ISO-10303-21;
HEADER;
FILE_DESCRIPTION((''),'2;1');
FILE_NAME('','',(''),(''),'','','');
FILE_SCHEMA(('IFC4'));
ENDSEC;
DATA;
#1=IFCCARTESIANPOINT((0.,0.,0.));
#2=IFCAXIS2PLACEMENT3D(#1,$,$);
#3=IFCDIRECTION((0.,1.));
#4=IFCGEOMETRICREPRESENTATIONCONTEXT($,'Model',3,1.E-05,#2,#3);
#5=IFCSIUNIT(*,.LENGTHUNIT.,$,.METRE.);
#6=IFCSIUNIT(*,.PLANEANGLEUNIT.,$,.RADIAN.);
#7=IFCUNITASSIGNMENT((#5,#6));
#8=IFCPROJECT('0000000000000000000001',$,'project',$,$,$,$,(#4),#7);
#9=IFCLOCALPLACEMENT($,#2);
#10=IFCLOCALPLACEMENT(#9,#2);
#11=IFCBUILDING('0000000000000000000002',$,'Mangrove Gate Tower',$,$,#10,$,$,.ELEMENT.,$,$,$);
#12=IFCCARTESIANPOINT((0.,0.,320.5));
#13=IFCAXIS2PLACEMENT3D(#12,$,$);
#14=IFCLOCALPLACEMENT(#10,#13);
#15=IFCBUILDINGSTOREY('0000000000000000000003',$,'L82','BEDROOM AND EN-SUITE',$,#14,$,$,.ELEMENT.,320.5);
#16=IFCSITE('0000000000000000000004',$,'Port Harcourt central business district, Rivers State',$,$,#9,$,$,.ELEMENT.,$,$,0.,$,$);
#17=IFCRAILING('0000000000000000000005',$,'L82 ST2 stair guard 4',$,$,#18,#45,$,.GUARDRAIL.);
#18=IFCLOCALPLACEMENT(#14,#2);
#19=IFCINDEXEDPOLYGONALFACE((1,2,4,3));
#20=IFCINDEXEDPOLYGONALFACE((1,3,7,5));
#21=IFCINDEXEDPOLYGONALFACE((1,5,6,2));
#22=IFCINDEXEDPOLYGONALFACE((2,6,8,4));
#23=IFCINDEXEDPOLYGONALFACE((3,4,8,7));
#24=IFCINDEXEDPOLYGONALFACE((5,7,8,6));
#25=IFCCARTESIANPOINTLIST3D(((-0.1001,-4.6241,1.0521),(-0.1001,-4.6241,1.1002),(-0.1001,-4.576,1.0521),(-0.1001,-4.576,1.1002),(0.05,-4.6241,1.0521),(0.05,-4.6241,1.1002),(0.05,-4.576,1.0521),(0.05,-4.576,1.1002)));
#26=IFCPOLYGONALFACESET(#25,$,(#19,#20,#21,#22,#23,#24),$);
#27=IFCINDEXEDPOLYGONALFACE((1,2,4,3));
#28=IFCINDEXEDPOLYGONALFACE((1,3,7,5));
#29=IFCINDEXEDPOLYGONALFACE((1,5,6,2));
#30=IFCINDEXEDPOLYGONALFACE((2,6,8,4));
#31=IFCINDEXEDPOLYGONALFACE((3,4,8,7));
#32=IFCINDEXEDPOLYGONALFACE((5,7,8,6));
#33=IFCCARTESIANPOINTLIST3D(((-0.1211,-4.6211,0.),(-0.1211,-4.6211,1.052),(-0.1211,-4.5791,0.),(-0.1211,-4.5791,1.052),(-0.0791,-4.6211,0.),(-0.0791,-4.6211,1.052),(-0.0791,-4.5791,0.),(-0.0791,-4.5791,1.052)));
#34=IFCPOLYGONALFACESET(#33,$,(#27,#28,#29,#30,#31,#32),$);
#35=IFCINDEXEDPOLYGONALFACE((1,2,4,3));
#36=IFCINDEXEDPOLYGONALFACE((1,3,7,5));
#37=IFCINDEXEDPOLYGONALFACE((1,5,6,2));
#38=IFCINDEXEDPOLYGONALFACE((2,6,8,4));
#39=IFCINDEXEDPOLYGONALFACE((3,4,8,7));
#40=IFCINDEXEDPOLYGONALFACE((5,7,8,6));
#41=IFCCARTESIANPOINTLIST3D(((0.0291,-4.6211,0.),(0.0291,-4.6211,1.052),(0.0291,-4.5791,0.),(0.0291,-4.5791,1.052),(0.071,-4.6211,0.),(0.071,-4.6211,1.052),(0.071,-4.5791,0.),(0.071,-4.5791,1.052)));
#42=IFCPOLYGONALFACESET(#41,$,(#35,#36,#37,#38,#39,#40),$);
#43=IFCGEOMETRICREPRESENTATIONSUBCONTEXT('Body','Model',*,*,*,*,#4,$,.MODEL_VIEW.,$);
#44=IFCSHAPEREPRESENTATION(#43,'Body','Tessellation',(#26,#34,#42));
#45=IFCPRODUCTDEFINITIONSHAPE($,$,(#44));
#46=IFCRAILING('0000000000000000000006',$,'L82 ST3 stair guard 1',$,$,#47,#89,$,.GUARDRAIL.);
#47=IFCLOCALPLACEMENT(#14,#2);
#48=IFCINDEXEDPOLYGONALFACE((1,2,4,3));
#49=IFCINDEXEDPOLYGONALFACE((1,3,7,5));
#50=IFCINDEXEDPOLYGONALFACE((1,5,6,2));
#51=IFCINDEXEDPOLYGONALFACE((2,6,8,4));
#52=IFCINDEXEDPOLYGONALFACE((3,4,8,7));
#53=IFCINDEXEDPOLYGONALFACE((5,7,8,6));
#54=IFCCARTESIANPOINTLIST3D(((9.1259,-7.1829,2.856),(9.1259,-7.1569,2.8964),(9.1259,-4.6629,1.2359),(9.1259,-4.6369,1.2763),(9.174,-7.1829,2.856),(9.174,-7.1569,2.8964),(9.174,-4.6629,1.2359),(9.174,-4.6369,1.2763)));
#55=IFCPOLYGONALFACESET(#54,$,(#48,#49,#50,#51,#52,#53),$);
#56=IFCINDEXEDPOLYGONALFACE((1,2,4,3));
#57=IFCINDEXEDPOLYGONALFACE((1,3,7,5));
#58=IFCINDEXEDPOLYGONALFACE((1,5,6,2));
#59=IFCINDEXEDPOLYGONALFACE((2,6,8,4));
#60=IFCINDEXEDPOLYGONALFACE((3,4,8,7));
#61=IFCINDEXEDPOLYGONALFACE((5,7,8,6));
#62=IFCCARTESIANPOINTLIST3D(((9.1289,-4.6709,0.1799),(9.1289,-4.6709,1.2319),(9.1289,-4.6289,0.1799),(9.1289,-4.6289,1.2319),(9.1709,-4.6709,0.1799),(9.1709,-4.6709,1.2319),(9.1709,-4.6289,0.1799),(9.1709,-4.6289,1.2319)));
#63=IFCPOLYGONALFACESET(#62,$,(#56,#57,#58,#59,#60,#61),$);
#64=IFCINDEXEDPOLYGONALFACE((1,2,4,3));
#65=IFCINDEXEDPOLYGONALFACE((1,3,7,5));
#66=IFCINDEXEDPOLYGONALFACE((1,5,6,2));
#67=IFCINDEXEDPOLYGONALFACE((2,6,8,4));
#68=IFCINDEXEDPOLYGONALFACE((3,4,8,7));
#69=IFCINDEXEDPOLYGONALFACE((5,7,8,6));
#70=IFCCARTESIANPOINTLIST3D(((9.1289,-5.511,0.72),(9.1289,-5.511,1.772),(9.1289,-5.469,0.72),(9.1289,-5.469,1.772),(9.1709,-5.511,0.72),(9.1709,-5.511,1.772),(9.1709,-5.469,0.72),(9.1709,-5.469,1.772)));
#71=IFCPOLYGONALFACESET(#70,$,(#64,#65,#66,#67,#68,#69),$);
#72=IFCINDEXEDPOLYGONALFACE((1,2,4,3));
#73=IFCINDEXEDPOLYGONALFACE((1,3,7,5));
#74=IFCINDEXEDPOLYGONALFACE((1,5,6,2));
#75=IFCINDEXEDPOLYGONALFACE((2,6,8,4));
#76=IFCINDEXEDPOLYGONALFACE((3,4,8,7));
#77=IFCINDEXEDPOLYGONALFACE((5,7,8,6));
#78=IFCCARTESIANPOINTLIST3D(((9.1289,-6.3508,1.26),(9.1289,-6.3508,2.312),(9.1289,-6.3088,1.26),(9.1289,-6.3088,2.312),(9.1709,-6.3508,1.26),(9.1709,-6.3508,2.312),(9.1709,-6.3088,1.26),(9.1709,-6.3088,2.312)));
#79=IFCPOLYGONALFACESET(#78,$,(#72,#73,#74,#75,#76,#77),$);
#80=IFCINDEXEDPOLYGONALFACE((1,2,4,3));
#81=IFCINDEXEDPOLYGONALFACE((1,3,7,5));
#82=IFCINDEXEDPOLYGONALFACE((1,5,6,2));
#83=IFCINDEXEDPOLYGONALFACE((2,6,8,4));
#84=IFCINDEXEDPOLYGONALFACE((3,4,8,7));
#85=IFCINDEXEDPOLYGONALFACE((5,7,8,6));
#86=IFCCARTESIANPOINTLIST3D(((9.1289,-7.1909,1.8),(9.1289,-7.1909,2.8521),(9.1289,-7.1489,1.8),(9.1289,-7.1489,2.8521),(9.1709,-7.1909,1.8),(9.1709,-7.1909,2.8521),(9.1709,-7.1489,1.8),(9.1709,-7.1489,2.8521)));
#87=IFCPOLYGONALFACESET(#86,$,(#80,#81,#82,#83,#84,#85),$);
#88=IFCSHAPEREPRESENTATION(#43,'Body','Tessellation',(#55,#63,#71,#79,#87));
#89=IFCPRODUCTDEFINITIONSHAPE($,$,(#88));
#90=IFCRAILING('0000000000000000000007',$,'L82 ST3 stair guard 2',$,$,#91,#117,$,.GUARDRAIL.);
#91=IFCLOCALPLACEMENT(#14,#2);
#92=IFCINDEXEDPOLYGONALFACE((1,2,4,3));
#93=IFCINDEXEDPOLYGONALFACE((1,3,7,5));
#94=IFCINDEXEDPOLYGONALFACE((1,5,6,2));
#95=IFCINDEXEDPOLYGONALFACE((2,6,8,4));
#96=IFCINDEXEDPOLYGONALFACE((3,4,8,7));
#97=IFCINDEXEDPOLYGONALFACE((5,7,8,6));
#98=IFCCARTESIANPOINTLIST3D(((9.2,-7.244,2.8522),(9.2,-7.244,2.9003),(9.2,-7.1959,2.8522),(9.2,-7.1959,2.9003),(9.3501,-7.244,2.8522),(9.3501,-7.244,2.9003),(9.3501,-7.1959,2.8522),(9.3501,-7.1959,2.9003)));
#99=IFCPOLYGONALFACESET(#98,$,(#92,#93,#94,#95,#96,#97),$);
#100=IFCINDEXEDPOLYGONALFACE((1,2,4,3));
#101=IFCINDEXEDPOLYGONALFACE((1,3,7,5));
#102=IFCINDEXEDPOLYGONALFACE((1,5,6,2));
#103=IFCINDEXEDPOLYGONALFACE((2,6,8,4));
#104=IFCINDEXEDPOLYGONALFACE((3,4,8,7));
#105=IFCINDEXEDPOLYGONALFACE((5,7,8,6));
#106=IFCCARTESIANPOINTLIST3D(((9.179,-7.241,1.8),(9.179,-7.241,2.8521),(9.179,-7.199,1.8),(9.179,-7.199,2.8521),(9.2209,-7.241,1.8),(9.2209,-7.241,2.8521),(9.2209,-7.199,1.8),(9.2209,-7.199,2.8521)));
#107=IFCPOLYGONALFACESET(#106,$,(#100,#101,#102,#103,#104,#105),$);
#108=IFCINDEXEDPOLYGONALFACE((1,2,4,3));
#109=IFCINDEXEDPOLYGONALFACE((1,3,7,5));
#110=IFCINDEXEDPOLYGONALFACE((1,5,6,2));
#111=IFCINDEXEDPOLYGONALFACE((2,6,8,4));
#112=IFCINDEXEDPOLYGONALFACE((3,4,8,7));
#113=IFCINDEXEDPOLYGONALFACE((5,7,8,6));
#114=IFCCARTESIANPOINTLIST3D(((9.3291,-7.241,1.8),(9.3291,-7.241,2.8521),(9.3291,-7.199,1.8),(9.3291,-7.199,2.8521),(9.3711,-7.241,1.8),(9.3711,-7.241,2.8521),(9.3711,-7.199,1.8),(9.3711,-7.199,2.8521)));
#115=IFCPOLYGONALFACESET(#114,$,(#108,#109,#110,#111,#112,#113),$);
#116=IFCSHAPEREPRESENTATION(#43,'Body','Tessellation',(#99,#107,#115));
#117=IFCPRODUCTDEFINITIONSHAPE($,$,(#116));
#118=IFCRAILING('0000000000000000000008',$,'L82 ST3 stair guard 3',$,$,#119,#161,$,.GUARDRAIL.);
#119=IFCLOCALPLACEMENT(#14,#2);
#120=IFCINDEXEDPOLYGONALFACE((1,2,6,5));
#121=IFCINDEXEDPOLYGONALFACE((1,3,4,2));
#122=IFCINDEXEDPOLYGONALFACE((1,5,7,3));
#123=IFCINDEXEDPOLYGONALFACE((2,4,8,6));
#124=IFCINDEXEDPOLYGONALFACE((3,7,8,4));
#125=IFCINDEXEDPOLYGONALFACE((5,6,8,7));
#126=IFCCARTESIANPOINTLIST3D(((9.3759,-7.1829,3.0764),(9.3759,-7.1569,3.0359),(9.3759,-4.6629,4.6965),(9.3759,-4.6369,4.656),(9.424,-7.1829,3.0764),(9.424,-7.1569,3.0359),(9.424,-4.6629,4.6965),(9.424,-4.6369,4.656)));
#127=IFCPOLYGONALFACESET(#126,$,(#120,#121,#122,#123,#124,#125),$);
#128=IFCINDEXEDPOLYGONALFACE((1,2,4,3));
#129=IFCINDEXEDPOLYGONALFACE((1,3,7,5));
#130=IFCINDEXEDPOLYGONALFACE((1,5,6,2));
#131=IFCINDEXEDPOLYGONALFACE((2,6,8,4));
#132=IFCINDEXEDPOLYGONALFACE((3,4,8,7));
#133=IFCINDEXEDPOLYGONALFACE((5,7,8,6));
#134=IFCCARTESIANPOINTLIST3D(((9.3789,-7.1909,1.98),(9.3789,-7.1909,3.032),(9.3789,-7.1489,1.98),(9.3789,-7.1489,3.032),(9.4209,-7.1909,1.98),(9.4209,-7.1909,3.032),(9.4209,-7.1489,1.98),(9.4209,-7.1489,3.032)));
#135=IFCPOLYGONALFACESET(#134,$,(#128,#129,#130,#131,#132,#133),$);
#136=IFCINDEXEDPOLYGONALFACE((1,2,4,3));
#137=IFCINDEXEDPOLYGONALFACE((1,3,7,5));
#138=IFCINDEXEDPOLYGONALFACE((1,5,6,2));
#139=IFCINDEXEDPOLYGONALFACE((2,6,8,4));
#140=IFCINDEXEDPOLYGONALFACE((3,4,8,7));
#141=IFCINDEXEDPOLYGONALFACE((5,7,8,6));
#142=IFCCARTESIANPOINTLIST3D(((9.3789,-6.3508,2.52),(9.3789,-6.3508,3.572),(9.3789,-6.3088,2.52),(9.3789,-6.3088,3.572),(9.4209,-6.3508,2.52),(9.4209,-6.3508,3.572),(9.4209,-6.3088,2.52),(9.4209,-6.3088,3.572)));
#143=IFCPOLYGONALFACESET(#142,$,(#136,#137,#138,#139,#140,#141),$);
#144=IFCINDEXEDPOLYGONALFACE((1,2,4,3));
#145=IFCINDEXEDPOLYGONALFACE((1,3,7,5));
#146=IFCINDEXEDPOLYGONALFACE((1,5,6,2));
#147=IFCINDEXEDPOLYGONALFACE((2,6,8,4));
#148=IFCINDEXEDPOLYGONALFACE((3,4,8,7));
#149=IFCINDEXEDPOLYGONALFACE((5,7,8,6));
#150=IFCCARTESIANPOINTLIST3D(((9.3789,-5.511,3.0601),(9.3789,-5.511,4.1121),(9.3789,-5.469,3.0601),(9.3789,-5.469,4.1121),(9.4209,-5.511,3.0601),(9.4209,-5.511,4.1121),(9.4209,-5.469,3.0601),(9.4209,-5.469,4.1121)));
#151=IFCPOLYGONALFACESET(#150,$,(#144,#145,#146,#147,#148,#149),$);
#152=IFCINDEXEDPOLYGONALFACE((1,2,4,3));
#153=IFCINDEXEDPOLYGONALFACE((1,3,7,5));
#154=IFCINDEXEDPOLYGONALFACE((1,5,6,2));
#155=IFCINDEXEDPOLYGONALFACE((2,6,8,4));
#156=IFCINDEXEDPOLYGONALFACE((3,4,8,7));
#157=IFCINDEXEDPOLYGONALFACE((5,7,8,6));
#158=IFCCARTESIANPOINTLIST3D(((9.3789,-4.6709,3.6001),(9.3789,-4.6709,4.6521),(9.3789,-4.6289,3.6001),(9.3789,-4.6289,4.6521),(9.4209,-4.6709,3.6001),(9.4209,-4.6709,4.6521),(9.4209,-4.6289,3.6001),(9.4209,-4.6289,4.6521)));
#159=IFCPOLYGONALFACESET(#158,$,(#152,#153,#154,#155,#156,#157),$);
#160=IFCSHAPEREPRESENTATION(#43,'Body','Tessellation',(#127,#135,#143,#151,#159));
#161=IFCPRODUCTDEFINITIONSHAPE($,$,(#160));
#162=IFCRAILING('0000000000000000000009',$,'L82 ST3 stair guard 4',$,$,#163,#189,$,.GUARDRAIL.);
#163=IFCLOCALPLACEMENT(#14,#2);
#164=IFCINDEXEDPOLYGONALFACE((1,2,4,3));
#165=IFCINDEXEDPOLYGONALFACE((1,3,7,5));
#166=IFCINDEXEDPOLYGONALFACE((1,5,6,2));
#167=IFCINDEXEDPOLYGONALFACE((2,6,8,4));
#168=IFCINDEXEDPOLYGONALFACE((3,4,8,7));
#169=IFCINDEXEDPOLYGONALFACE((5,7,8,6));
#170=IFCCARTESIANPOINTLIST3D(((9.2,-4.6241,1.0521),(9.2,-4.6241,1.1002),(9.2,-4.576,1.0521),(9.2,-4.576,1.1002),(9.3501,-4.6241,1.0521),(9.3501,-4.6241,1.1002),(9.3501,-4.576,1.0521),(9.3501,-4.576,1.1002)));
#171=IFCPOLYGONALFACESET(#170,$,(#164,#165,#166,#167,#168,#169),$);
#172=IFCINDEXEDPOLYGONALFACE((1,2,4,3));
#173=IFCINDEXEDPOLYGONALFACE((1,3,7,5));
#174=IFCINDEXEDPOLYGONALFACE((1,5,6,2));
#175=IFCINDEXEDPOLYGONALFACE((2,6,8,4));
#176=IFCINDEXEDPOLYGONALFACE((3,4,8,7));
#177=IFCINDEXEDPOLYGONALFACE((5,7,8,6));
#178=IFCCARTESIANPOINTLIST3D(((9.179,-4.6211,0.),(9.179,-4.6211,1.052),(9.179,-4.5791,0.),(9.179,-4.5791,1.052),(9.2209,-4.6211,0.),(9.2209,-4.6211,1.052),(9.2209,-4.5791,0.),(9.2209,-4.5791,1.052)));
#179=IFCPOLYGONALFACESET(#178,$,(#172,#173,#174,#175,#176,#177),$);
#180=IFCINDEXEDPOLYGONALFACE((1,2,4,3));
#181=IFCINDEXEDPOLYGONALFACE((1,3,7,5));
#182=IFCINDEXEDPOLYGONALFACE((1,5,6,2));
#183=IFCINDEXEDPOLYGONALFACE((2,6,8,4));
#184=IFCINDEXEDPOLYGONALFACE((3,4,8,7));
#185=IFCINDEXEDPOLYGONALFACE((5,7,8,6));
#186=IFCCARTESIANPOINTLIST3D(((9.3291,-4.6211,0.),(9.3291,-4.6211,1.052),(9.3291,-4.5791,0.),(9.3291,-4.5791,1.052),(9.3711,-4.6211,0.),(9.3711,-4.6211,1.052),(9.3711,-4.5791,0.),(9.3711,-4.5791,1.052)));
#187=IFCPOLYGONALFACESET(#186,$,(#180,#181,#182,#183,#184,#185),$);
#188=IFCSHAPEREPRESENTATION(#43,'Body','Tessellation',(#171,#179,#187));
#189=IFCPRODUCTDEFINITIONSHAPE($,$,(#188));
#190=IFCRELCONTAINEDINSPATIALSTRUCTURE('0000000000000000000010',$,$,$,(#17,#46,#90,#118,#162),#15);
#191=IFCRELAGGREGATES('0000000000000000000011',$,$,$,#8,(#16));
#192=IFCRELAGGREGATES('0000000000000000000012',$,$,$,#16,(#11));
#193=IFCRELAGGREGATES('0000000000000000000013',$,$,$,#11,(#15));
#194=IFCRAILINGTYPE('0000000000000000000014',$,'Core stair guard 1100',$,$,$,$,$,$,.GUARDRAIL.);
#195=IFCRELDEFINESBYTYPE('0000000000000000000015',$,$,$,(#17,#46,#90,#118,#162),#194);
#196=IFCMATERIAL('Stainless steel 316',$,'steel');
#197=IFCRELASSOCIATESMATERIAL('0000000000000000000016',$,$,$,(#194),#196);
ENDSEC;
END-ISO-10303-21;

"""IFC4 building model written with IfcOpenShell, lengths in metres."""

from ifc_helpers import new_model, si_unit, direction, frame, origin, origin_2d, place, context, subcontext, project, spatial, rectangle, extrude, material, type_object, element, save


model = new_model("IFC4")

# Units and contexts
model_context = context("Model", 3, precision=1e-05, world=origin(), true_north=direction((0.0, 1.0)))
body_context = subcontext(model_context, "Body", "Model", "MODEL_VIEW")
ifc_project = project(units=[si_unit("LENGTHUNIT", "METRE"), si_unit("PLANEANGLEUNIT", "RADIAN")], contexts=[model_context])

# Site, building, storey
site_placement = place(None, origin())
site = spatial("IfcSite", under=ifc_project, at=site_placement, Name="Port Harcourt central business district, Rivers State", CompositionType="ELEMENT", RefElevation=0.0)
building_placement = place(site_placement, origin())
building = spatial("IfcBuilding", under=site, at=building_placement, Name="Mangrove Gate Tower", CompositionType="ELEMENT")
storey_placement = place(building_placement, frame((0.0, 0.0, 320.5)))
storey = spatial("IfcBuildingStorey", under=building, at=storey_placement, Name="L82", Description="BEDROOM AND EN-SUITE", CompositionType="ELEMENT", Elevation=320.5)

# Railings
ifc_material_1 = material(Name="Stainless steel 316", Category="steel")
railing_type_1 = type_object("IfcRailingType", Name="Core stair guard 1100", PredefinedType="GUARDRAIL", material=ifc_material_1)
railing_1_placement = place(storey_placement, frame((-0.1001, -4.6001, 0.0)))
element("IfcRailing", 1, at=railing_1_placement, inside=storey, type_object=railing_type_1, Name="L82 ST2 stair guard 4", PredefinedType="GUARDRAIL", context=body_context, shape_type="SweptSolid", body=[
    extrude(rectangle(XDim=0.0481, YDim=0.0481, at=origin_2d()), frame((0.0, 0.0, 1.0762), z_axis=(1.0, 0.0, 0.0), x_axis=(0.0, 1.0, 0.0)), (0.0, 0.0, 1.0), 0.1501),
    extrude(rectangle(XDim=0.042, YDim=0.042, at=origin_2d()), origin(), (0.0, 0.0, 1.0), 1.052),
    extrude(rectangle(XDim=0.042, YDim=0.042, at=origin_2d()), frame((0.1501, 0.0, 0.0)), (0.0, 0.0, 1.0), 1.052),
])
railing_2_placement = place(storey_placement, frame((9.1499, -4.6499, 0.1799)))
element("IfcRailing", 2, at=railing_2_placement, inside=storey, type_object=railing_type_1, Name="L82 ST3 stair guard 1", PredefinedType="GUARDRAIL", context=body_context, shape_type="SweptSolid", body=[
    extrude(rectangle(XDim=0.0481, YDim=0.0481, at=origin_2d()), frame((0.0, 0.0, 1.0762), z_axis=(0.0, -0.841163, 0.540782), x_axis=(1.0, 0.0, 0.0)), (0.0, 0.0, 1.0), 2.9958),
    extrude(rectangle(XDim=0.042, YDim=0.042, at=origin_2d()), origin(), (0.0, 0.0, 1.0), 1.052),
    extrude(rectangle(XDim=0.042, YDim=0.042, at=origin_2d()), frame((0.0, -0.8401, 0.54)), (0.0, 0.0, 1.0), 1.052),
    extrude(rectangle(XDim=0.042, YDim=0.042, at=origin_2d()), frame((0.0, -1.6799, 1.0801)), (0.0, 0.0, 1.0), 1.052),
    extrude(rectangle(XDim=0.042, YDim=0.042, at=origin_2d()), frame((0.0, -2.52, 1.6201)), (0.0, 0.0, 1.0), 1.052),
])
railing_3_placement = place(storey_placement, frame((9.2, -7.22, 1.8)))
element("IfcRailing", 3, at=railing_3_placement, inside=storey, type_object=railing_type_1, Name="L82 ST3 stair guard 2", PredefinedType="GUARDRAIL", context=body_context, shape_type="SweptSolid", body=[
    extrude(rectangle(XDim=0.0481, YDim=0.0481, at=origin_2d()), frame((0.0, 0.0, 1.0762), z_axis=(1.0, 0.0, 0.0), x_axis=(0.0, 1.0, 0.0)), (0.0, 0.0, 1.0), 0.1501),
    extrude(rectangle(XDim=0.042, YDim=0.042, at=origin_2d()), origin(), (0.0, 0.0, 1.0), 1.052),
    extrude(rectangle(XDim=0.042, YDim=0.042, at=origin_2d()), frame((0.1501, 0.0, 0.0)), (0.0, 0.0, 1.0), 1.052),
])
railing_4_placement = place(storey_placement, frame((9.3999, -7.1699, 1.98)))
element("IfcRailing", 4, at=railing_4_placement, inside=storey, type_object=railing_type_1, Name="L82 ST3 stair guard 3", PredefinedType="GUARDRAIL", context=body_context, shape_type="SweptSolid", body=[
    extrude(rectangle(XDim=0.0481, YDim=0.0481, at=origin_2d()), frame((0.0, 0.0, 1.0762), z_axis=(0.0, 0.841163, 0.540782), x_axis=(-1.0, 0.0, 0.0)), (0.0, 0.0, 1.0), 2.9958),
    extrude(rectangle(XDim=0.042, YDim=0.042, at=origin_2d()), origin(), (0.0, 0.0, 1.0), 1.052),
    extrude(rectangle(XDim=0.042, YDim=0.042, at=origin_2d()), frame((0.0, 0.8401, 0.54)), (0.0, 0.0, 1.0), 1.052),
    extrude(rectangle(XDim=0.042, YDim=0.042, at=origin_2d()), frame((0.0, 1.6799, 1.0801)), (0.0, 0.0, 1.0), 1.052),
    extrude(rectangle(XDim=0.042, YDim=0.042, at=origin_2d()), frame((0.0, 2.52, 1.6201)), (0.0, 0.0, 1.0), 1.052),
])
railing_5_placement = place(storey_placement, frame((9.2, -4.6001, 0.0)))
element("IfcRailing", 5, at=railing_5_placement, inside=storey, type_object=railing_type_1, Name="L82 ST3 stair guard 4", PredefinedType="GUARDRAIL", context=body_context, shape_type="SweptSolid", body=[
    extrude(rectangle(XDim=0.0481, YDim=0.0481, at=origin_2d()), frame((0.0, 0.0, 1.0762), z_axis=(1.0, 0.0, 0.0), x_axis=(0.0, 1.0, 0.0)), (0.0, 0.0, 1.0), 0.1501),
    extrude(rectangle(XDim=0.042, YDim=0.042, at=origin_2d()), origin(), (0.0, 0.0, 1.0), 1.052),
    extrude(rectangle(XDim=0.042, YDim=0.042, at=origin_2d()), frame((0.1501, 0.0, 0.0)), (0.0, 0.0, 1.0), 1.052),
])

save(model, "model.ifc")
